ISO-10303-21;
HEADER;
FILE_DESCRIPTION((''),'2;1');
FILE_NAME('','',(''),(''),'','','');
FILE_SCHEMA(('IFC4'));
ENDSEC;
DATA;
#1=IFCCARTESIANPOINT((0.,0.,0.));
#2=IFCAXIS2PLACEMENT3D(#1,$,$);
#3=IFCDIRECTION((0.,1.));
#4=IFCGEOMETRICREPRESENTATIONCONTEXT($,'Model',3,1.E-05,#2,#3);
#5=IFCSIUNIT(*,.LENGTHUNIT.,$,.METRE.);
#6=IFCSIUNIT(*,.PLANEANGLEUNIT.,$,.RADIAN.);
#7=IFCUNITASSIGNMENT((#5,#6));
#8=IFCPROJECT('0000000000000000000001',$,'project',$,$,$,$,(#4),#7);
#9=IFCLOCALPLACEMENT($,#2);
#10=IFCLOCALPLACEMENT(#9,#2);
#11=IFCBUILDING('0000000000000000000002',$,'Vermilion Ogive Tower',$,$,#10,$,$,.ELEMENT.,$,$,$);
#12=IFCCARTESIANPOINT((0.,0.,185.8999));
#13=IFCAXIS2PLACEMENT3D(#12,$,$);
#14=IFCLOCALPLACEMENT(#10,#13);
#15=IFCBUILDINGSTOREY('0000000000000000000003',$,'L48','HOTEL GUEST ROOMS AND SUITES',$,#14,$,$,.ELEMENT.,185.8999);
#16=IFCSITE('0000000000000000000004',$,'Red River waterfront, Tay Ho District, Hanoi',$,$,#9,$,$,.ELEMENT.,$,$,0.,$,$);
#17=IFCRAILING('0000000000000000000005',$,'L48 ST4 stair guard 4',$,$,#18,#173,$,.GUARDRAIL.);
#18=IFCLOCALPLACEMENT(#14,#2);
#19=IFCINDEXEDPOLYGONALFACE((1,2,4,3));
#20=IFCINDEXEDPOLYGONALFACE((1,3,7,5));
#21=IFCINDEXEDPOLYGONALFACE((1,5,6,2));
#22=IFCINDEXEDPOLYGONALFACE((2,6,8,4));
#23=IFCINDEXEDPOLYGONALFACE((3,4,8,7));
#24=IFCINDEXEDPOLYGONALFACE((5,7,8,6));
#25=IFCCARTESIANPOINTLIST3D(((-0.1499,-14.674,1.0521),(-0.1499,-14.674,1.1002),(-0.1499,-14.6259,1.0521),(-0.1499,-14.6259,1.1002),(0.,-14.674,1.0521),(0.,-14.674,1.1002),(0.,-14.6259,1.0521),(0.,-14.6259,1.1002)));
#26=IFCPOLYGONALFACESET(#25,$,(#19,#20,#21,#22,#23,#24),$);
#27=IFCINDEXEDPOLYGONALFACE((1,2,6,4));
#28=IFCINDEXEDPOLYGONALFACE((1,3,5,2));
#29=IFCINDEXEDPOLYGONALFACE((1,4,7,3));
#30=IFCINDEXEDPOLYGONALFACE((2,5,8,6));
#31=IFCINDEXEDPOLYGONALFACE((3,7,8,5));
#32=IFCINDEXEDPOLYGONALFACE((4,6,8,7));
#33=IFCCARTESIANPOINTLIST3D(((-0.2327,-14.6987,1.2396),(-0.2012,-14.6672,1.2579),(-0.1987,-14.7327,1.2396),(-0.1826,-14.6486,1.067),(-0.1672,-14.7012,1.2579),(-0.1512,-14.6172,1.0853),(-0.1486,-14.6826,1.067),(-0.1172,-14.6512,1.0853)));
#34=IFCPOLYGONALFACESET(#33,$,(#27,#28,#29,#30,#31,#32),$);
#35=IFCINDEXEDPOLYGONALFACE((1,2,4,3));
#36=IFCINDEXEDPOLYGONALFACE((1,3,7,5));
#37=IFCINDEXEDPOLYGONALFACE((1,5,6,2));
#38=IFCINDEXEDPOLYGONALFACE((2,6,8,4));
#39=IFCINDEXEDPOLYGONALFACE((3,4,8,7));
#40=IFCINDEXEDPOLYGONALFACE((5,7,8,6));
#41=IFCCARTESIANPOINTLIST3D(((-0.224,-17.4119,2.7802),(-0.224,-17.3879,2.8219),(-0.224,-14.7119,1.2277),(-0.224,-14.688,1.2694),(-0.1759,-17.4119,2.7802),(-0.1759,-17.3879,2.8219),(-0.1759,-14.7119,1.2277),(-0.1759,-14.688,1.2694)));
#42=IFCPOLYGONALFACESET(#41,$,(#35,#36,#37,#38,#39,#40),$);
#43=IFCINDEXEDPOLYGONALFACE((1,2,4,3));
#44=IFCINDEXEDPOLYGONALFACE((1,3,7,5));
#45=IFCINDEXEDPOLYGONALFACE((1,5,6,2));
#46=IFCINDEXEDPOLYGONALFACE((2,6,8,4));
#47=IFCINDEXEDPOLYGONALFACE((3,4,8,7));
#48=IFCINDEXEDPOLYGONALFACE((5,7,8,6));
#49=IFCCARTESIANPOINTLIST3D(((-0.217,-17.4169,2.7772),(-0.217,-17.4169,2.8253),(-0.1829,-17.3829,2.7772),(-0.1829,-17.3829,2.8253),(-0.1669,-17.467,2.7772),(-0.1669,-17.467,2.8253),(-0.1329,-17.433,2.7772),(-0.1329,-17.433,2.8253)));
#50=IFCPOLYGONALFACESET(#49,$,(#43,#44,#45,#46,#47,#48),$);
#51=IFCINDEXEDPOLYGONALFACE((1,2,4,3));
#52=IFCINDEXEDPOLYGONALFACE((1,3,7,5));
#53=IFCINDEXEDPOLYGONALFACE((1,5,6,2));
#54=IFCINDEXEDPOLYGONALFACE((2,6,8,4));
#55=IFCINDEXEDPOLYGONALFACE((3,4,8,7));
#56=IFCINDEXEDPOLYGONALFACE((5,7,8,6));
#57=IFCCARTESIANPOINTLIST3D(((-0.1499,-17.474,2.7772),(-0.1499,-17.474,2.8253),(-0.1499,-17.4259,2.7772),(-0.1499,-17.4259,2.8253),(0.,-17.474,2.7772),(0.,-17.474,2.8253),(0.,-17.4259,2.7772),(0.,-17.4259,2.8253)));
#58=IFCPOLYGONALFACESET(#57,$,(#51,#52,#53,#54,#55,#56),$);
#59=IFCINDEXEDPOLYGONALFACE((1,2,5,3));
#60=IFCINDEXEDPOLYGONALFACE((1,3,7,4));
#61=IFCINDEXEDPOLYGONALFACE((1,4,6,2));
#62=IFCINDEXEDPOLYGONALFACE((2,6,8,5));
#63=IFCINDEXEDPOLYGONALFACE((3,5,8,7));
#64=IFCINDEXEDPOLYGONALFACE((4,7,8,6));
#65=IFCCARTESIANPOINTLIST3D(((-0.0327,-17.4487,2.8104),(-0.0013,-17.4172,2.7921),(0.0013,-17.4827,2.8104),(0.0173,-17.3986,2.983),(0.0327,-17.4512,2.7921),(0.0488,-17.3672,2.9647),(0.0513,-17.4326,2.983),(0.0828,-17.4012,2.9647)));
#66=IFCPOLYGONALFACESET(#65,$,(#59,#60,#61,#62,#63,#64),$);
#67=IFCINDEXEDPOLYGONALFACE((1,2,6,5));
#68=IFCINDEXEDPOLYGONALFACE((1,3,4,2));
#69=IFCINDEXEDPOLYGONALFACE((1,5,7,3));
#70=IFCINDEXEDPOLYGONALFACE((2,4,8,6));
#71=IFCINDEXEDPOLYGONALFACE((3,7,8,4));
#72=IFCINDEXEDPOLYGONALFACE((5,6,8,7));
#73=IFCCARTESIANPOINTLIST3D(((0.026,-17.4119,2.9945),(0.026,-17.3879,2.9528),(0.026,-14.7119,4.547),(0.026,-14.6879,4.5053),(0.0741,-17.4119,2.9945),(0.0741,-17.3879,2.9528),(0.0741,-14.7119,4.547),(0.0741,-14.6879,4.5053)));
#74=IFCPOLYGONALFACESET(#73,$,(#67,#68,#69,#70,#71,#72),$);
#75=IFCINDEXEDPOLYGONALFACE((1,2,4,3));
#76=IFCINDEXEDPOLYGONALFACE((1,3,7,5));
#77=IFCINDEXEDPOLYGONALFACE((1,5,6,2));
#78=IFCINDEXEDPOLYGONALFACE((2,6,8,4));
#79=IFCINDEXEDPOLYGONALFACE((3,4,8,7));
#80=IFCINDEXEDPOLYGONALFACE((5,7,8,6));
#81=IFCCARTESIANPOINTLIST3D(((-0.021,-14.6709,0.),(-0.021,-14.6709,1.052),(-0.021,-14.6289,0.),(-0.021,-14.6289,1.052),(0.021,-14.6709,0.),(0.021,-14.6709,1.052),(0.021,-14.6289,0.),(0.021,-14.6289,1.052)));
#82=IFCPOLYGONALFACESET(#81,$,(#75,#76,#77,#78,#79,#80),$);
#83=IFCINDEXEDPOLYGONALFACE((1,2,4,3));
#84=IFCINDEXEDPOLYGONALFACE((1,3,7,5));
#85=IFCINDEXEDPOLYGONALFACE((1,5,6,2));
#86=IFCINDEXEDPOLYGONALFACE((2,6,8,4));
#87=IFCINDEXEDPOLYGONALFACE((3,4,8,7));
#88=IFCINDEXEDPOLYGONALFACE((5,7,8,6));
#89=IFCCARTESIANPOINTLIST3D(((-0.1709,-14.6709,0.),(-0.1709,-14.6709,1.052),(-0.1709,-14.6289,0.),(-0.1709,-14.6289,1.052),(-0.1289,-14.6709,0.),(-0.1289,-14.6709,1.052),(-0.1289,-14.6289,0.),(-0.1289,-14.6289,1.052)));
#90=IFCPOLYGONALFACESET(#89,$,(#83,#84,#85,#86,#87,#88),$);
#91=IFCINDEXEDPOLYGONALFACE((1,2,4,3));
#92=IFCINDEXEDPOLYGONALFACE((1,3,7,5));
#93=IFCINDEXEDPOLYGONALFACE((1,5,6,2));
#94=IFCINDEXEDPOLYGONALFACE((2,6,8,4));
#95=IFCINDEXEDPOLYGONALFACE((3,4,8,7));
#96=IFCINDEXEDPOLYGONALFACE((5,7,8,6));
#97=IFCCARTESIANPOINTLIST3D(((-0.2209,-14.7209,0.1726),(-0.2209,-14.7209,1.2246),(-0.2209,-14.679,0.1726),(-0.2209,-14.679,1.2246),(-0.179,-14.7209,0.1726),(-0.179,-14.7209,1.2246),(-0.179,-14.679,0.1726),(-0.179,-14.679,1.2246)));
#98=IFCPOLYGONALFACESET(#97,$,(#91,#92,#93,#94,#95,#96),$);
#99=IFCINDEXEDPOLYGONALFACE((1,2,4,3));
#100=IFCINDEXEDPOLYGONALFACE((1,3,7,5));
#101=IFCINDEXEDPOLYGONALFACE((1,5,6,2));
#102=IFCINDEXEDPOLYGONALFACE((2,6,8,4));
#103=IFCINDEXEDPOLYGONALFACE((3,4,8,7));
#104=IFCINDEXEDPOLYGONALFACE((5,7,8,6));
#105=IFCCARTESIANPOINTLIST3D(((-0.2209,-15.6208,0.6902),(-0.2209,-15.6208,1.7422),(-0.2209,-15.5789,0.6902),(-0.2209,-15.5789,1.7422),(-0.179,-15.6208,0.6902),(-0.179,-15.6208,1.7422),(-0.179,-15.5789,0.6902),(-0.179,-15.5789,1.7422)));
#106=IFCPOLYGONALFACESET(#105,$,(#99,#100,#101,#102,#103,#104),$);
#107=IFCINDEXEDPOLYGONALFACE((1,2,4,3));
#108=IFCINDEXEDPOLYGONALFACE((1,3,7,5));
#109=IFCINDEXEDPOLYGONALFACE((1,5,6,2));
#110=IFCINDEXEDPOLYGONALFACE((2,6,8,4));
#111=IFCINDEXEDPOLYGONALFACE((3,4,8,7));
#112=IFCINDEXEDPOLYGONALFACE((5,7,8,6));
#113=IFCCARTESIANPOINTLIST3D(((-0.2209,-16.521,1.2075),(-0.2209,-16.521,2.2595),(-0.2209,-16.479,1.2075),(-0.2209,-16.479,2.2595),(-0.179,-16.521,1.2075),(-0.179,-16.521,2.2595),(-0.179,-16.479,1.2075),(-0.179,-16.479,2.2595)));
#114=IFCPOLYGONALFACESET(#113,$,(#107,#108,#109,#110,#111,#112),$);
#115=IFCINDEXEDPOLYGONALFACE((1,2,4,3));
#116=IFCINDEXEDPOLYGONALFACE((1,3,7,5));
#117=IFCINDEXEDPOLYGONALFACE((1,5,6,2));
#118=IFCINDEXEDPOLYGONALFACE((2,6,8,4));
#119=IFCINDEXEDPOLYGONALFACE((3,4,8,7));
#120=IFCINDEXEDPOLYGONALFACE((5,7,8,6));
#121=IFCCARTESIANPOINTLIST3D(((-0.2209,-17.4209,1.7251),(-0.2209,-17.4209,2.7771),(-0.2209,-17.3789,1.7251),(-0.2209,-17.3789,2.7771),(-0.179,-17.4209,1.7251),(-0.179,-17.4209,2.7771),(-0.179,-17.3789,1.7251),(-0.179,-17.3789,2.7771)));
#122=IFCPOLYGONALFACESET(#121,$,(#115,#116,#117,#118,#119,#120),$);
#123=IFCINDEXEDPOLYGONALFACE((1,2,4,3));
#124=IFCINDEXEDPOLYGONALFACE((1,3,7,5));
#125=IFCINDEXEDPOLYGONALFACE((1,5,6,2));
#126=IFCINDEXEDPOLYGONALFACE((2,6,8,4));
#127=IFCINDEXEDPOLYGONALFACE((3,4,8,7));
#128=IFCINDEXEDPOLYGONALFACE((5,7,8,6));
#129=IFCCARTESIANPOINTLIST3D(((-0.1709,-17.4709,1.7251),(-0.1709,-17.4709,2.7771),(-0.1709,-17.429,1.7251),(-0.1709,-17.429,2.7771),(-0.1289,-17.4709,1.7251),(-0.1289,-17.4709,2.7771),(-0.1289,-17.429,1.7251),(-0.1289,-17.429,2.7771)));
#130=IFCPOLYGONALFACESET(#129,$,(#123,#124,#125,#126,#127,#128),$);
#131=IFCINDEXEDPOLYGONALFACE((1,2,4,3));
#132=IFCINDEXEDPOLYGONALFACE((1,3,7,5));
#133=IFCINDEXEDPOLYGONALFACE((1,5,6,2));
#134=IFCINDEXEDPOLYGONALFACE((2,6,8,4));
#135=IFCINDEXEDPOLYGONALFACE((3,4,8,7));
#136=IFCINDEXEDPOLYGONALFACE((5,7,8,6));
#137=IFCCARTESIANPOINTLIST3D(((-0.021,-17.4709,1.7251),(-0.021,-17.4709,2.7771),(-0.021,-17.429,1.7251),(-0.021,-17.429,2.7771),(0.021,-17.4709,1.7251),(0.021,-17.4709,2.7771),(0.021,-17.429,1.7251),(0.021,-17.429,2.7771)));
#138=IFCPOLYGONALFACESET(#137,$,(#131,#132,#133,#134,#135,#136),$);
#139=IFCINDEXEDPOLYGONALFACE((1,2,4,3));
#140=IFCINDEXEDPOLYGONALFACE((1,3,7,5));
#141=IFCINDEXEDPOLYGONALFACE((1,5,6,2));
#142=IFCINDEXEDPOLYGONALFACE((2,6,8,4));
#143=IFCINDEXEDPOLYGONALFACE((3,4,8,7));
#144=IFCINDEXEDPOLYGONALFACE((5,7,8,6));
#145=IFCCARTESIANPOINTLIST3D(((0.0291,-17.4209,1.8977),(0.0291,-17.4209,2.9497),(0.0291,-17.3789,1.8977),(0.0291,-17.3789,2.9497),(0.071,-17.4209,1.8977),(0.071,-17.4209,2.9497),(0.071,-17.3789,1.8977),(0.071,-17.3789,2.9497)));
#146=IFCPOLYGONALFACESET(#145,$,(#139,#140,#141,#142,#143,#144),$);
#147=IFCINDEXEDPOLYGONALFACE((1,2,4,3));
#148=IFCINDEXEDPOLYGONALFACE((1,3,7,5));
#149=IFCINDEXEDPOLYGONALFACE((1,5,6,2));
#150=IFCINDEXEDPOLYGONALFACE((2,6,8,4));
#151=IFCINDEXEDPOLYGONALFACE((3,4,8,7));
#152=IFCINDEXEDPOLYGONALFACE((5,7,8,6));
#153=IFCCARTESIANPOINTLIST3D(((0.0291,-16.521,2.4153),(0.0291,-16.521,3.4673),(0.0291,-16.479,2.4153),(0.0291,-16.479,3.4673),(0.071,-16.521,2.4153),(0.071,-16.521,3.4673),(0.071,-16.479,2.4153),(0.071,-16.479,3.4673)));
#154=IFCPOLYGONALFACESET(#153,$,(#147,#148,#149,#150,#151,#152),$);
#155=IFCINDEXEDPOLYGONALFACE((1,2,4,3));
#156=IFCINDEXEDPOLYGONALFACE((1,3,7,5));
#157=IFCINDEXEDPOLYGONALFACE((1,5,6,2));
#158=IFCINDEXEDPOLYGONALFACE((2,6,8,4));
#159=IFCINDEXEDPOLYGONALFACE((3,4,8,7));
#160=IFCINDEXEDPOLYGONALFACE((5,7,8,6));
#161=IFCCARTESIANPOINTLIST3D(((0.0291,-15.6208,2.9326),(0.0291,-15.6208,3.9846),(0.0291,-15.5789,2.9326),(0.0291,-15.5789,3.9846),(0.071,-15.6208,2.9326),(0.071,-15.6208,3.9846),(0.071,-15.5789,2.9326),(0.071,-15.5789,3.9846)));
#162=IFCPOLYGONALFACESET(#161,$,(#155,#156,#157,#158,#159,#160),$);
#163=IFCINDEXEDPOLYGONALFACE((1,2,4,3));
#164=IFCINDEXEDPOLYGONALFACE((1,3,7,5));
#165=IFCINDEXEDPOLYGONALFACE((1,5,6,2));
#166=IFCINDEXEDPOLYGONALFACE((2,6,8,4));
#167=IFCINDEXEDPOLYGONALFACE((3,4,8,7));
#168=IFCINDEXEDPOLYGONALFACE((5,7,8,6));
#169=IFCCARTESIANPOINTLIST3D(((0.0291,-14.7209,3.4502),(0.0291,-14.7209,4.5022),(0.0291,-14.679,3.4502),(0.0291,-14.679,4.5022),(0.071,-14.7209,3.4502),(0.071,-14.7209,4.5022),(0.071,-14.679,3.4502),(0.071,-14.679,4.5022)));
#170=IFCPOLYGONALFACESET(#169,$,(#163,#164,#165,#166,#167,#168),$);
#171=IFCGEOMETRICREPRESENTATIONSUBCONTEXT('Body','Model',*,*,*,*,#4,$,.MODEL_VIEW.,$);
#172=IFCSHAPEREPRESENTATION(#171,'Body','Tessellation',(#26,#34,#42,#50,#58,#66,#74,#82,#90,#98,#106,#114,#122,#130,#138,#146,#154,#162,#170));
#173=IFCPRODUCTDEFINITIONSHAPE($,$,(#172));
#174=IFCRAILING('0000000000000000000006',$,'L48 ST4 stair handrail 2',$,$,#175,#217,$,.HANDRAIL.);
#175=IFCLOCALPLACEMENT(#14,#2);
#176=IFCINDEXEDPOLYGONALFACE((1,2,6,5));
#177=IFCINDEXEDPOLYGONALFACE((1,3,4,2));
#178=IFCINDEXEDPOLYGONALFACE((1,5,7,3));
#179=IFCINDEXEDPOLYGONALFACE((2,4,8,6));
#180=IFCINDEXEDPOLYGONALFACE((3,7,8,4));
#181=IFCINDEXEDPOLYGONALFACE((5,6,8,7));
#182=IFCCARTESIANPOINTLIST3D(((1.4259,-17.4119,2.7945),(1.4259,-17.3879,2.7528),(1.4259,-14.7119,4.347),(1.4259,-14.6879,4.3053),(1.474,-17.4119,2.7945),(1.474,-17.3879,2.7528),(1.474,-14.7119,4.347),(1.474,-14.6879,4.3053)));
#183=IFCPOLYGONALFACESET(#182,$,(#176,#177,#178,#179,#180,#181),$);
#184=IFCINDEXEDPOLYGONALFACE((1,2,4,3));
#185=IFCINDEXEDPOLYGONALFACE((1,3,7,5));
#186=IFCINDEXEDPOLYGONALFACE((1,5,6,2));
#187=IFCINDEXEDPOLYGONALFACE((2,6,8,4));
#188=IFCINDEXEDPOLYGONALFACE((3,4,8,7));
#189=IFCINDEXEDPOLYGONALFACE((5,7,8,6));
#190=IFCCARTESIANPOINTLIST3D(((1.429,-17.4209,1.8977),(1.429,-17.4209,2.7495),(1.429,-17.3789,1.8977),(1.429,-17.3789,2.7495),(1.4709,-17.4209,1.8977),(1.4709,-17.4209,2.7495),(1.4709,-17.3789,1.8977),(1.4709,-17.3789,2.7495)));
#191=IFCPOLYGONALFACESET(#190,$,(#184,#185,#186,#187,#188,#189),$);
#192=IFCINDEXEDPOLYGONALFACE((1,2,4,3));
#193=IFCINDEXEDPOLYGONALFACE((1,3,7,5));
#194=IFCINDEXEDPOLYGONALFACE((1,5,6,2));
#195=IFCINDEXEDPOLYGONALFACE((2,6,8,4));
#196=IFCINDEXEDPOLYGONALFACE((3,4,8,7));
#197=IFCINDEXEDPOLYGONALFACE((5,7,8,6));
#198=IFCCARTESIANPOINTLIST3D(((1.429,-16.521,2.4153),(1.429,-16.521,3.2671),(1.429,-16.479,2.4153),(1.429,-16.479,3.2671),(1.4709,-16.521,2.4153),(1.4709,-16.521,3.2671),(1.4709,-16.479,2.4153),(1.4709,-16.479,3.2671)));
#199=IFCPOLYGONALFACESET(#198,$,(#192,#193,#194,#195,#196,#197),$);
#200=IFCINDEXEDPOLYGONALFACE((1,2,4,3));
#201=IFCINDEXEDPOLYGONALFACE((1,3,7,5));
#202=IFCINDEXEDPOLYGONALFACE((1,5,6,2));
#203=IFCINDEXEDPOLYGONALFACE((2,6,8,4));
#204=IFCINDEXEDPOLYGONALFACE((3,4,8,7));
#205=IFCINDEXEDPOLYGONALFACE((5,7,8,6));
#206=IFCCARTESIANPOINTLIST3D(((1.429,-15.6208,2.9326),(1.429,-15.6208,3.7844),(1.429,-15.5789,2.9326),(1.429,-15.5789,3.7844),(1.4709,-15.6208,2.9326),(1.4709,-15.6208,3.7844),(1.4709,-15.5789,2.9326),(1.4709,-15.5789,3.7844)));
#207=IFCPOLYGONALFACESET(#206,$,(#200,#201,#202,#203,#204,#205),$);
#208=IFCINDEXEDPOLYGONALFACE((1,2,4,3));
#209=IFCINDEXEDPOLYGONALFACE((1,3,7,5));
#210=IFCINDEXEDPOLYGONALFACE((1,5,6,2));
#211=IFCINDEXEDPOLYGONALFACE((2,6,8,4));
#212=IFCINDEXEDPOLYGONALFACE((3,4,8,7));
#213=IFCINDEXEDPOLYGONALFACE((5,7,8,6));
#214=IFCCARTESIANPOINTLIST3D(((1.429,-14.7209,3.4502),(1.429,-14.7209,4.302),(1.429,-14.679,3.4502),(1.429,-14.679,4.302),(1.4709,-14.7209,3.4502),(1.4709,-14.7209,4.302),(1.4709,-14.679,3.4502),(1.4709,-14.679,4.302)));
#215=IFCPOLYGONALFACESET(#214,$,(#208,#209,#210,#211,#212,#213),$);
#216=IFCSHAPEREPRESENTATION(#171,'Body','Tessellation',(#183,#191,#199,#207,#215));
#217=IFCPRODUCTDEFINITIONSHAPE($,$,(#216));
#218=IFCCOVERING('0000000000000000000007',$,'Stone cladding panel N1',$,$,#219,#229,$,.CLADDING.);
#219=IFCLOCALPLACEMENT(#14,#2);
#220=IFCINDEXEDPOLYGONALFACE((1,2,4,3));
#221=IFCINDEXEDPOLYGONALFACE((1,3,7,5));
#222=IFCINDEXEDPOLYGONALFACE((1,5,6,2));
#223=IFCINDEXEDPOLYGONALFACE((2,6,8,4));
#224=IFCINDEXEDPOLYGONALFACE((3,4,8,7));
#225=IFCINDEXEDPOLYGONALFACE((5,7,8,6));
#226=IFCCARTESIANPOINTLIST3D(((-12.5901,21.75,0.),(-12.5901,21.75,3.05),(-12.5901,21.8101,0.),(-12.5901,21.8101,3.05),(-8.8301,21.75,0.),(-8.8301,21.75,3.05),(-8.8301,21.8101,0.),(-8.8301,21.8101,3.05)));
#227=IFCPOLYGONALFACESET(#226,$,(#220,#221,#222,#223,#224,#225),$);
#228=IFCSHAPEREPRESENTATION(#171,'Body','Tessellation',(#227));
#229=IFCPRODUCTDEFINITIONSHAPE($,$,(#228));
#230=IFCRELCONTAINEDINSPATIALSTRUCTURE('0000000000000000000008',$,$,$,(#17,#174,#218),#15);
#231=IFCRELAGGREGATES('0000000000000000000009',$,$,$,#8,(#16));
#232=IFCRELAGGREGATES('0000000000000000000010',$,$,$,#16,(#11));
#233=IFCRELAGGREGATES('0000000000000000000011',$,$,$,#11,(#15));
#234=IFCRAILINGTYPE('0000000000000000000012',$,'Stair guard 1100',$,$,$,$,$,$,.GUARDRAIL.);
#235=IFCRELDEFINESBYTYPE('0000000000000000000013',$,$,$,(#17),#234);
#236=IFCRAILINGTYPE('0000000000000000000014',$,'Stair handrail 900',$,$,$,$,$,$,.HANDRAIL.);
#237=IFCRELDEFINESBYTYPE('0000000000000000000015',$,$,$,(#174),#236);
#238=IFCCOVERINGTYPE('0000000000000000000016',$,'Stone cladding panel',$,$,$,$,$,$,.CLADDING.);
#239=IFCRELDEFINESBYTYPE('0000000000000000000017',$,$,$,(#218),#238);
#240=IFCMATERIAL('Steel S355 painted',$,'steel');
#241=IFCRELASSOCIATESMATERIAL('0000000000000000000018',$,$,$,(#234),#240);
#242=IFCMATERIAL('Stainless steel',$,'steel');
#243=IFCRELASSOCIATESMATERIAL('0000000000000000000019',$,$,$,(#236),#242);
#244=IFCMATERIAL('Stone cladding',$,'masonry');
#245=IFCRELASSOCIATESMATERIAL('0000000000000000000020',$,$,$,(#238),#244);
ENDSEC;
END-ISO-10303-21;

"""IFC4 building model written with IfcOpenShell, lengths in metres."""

from ifc_helpers import new_model, si_unit, direction, frame, origin, origin_2d, place, context, subcontext, project, spatial, polyline, rectangle, outline, extrude, material, type_object, element, save


model = new_model("IFC4")

# Units and contexts
model_context = context("Model", 3, precision=1e-05, world=origin(), true_north=direction((0.0, 1.0)))
body_context = subcontext(model_context, "Body", "Model", "MODEL_VIEW")
ifc_project = project(units=[si_unit("LENGTHUNIT", "METRE"), si_unit("PLANEANGLEUNIT", "RADIAN")], contexts=[model_context])

# Site, building, storey
site_placement = place(None, origin())
site = spatial("IfcSite", under=ifc_project, at=site_placement, Name="Red River waterfront, Tay Ho District, Hanoi", CompositionType="ELEMENT", RefElevation=0.0)
building_placement = place(site_placement, origin())
building = spatial("IfcBuilding", under=site, at=building_placement, Name="Vermilion Ogive Tower", CompositionType="ELEMENT")
storey_placement = place(building_placement, frame((0.0, 0.0, 185.8999)))
storey = spatial("IfcBuildingStorey", under=building, at=storey_placement, Name="L48", Description="HOTEL GUEST ROOMS AND SUITES", CompositionType="ELEMENT", Elevation=185.8999)

# Railings
ifc_material_1 = material(Name="Steel S355 painted", Category="steel")
railing_type_1 = type_object("IfcRailingType", Name="Stair guard 1100", PredefinedType="GUARDRAIL", material=ifc_material_1)
railing_1_placement = place(storey_placement, frame((0.0, -14.6499, 0.0)))
element("IfcRailing", 1, at=railing_1_placement, inside=storey, type_object=railing_type_1, Name="L48 ST4 stair guard 4", PredefinedType="GUARDRAIL", context=body_context, shape_type="SweptSolid", body=[
    extrude(rectangle(XDim=0.0481, YDim=0.0481, at=origin_2d()), frame((0.0, 0.0, 1.0762), z_axis=(-1.0, 0.0, 0.0), x_axis=(0.0, -1.0, 0.0)), (0.0, 0.0, 1.0), 0.1499),
    extrude(rectangle(XDim=0.0481, YDim=0.0481, at=origin_2d()), frame((-0.1499, 0.0, 1.0762), z_axis=(-0.268278, -0.268278, 0.925232), x_axis=(0.707107, -0.707107, 0.0)), (0.0, 0.0, 1.0), 0.1865),
    extrude(rectangle(XDim=0.0481, YDim=0.0481, at=origin_2d()), frame((-0.2, -0.05, 1.2485), z_axis=(0.0, -0.866904, 0.498476), x_axis=(1.0, 0.0, 0.0)), (0.0, 0.0, 1.0), 3.1145),
    extrude(rectangle(XDim=0.0481, YDim=0.0481, at=origin_2d()), frame((-0.2, -2.75, 2.8013), z_axis=(0.707107, -0.707107, 0.0), x_axis=(0.707107, 0.707107, 0.0)), (0.0, 0.0, 1.0), 0.0708),
    extrude(rectangle(XDim=0.0481, YDim=0.0481, at=origin_2d()), frame((-0.1499, -2.8, 2.8013), z_axis=(1.0, 0.0, 0.0), x_axis=(0.0, 1.0, 0.0)), (0.0, 0.0, 1.0), 0.1499),
    extrude(rectangle(XDim=0.0481, YDim=0.0481, at=origin_2d()), frame((0.0, -2.8, 2.8013), z_axis=(0.268278, 0.268278, 0.925232), x_axis=(-0.707107, 0.707107, 0.0)), (0.0, 0.0, 1.0), 0.1865),
    extrude(rectangle(XDim=0.0481, YDim=0.0481, at=origin_2d()), frame((0.05, -2.75, 2.9736), z_axis=(0.0, 0.866904, 0.498476), x_axis=(-1.0, 0.0, 0.0)), (0.0, 0.0, 1.0), 3.1145),
    extrude(rectangle(XDim=0.042, YDim=0.042, at=origin_2d()), origin(), (0.0, 0.0, 1.0), 1.052),
    extrude(rectangle(XDim=0.042, YDim=0.042, at=origin_2d()), frame((-0.1499, 0.0, 0.0)), (0.0, 0.0, 1.0), 1.052),
    extrude(rectangle(XDim=0.042, YDim=0.042, at=origin_2d()), frame((-0.2, -0.05, 0.1726)), (0.0, 0.0, 1.0), 1.052),
    extrude(rectangle(XDim=0.042, YDim=0.042, at=origin_2d()), frame((-0.2, -0.95, 0.6902)), (0.0, 0.0, 1.0), 1.052),
    extrude(rectangle(XDim=0.042, YDim=0.042, at=origin_2d()), frame((-0.2, -1.8501, 1.2075)), (0.0, 0.0, 1.0), 1.052),
    extrude(rectangle(XDim=0.042, YDim=0.042, at=origin_2d()), frame((-0.2, -2.75, 1.7251)), (0.0, 0.0, 1.0), 1.052),
    extrude(rectangle(XDim=0.042, YDim=0.042, at=origin_2d()), frame((-0.1499, -2.8, 1.7251)), (0.0, 0.0, 1.0), 1.052),
    extrude(rectangle(XDim=0.042, YDim=0.042, at=origin_2d()), frame((0.0, -2.8, 1.7251)), (0.0, 0.0, 1.0), 1.052),
    extrude(rectangle(XDim=0.042, YDim=0.042, at=origin_2d()), frame((0.05, -2.75, 1.8977)), (0.0, 0.0, 1.0), 1.052),
    extrude(rectangle(XDim=0.042, YDim=0.042, at=origin_2d()), frame((0.05, -1.8501, 2.4153)), (0.0, 0.0, 1.0), 1.052),
    extrude(rectangle(XDim=0.042, YDim=0.042, at=origin_2d()), frame((0.05, -0.95, 2.9326)), (0.0, 0.0, 1.0), 1.052),
    extrude(rectangle(XDim=0.042, YDim=0.042, at=origin_2d()), frame((0.05, -0.05, 3.4502)), (0.0, 0.0, 1.0), 1.052),
])
ifc_material_2 = material(Name="Stainless steel", Category="steel")
railing_type_2 = type_object("IfcRailingType", Name="Stair handrail 900", PredefinedType="HANDRAIL", material=ifc_material_2)
railing_2_placement = place(storey_placement, frame((1.45, -17.3999, 1.8977)))
element("IfcRailing", 2, at=railing_2_placement, inside=storey, type_object=railing_type_2, Name="L48 ST4 stair handrail 2", PredefinedType="HANDRAIL", context=body_context, shape_type="SweptSolid", body=[
    extrude(rectangle(XDim=0.0481, YDim=0.0481, at=origin_2d()), frame((0.0, 0.0, 0.876), z_axis=(0.0, 0.866904, 0.498476), x_axis=(-1.0, 0.0, 0.0)), (0.0, 0.0, 1.0), 3.1145),
    extrude(rectangle(XDim=0.042, YDim=0.042, at=origin_2d()), origin(), (0.0, 0.0, 1.0), 0.8518),
    extrude(rectangle(XDim=0.042, YDim=0.042, at=origin_2d()), frame((0.0, 0.8999, 0.5176)), (0.0, 0.0, 1.0), 0.8518),
    extrude(rectangle(XDim=0.042, YDim=0.042, at=origin_2d()), frame((0.0, 1.8, 1.0349)), (0.0, 0.0, 1.0), 0.8518),
    extrude(rectangle(XDim=0.042, YDim=0.042, at=origin_2d()), frame((0.0, 2.7, 1.5525)), (0.0, 0.0, 1.0), 0.8518),
])

# Covering
ifc_material_3 = material(Name="Stone cladding", Category="masonry")
covering_type_1 = type_object("IfcCoveringType", Name="Stone cladding panel", PredefinedType="CLADDING", material=ifc_material_3)
covering_1_placement = place(storey_placement, origin())
element("IfcCovering", 3, at=covering_1_placement, inside=storey, type_object=covering_type_1, Name="Stone cladding panel N1", PredefinedType="CLADDING", context=body_context, shape_type="SweptSolid", body=[
    extrude(outline(polyline([(-12.5901, 21.75), (-8.8301, 21.75), (-8.8301, 21.8101), (-12.5901, 21.8101), (-12.5901, 21.75)])), origin(), (0.0, 0.0, 1.0), 3.05),
])

save(model, "model.ifc")
